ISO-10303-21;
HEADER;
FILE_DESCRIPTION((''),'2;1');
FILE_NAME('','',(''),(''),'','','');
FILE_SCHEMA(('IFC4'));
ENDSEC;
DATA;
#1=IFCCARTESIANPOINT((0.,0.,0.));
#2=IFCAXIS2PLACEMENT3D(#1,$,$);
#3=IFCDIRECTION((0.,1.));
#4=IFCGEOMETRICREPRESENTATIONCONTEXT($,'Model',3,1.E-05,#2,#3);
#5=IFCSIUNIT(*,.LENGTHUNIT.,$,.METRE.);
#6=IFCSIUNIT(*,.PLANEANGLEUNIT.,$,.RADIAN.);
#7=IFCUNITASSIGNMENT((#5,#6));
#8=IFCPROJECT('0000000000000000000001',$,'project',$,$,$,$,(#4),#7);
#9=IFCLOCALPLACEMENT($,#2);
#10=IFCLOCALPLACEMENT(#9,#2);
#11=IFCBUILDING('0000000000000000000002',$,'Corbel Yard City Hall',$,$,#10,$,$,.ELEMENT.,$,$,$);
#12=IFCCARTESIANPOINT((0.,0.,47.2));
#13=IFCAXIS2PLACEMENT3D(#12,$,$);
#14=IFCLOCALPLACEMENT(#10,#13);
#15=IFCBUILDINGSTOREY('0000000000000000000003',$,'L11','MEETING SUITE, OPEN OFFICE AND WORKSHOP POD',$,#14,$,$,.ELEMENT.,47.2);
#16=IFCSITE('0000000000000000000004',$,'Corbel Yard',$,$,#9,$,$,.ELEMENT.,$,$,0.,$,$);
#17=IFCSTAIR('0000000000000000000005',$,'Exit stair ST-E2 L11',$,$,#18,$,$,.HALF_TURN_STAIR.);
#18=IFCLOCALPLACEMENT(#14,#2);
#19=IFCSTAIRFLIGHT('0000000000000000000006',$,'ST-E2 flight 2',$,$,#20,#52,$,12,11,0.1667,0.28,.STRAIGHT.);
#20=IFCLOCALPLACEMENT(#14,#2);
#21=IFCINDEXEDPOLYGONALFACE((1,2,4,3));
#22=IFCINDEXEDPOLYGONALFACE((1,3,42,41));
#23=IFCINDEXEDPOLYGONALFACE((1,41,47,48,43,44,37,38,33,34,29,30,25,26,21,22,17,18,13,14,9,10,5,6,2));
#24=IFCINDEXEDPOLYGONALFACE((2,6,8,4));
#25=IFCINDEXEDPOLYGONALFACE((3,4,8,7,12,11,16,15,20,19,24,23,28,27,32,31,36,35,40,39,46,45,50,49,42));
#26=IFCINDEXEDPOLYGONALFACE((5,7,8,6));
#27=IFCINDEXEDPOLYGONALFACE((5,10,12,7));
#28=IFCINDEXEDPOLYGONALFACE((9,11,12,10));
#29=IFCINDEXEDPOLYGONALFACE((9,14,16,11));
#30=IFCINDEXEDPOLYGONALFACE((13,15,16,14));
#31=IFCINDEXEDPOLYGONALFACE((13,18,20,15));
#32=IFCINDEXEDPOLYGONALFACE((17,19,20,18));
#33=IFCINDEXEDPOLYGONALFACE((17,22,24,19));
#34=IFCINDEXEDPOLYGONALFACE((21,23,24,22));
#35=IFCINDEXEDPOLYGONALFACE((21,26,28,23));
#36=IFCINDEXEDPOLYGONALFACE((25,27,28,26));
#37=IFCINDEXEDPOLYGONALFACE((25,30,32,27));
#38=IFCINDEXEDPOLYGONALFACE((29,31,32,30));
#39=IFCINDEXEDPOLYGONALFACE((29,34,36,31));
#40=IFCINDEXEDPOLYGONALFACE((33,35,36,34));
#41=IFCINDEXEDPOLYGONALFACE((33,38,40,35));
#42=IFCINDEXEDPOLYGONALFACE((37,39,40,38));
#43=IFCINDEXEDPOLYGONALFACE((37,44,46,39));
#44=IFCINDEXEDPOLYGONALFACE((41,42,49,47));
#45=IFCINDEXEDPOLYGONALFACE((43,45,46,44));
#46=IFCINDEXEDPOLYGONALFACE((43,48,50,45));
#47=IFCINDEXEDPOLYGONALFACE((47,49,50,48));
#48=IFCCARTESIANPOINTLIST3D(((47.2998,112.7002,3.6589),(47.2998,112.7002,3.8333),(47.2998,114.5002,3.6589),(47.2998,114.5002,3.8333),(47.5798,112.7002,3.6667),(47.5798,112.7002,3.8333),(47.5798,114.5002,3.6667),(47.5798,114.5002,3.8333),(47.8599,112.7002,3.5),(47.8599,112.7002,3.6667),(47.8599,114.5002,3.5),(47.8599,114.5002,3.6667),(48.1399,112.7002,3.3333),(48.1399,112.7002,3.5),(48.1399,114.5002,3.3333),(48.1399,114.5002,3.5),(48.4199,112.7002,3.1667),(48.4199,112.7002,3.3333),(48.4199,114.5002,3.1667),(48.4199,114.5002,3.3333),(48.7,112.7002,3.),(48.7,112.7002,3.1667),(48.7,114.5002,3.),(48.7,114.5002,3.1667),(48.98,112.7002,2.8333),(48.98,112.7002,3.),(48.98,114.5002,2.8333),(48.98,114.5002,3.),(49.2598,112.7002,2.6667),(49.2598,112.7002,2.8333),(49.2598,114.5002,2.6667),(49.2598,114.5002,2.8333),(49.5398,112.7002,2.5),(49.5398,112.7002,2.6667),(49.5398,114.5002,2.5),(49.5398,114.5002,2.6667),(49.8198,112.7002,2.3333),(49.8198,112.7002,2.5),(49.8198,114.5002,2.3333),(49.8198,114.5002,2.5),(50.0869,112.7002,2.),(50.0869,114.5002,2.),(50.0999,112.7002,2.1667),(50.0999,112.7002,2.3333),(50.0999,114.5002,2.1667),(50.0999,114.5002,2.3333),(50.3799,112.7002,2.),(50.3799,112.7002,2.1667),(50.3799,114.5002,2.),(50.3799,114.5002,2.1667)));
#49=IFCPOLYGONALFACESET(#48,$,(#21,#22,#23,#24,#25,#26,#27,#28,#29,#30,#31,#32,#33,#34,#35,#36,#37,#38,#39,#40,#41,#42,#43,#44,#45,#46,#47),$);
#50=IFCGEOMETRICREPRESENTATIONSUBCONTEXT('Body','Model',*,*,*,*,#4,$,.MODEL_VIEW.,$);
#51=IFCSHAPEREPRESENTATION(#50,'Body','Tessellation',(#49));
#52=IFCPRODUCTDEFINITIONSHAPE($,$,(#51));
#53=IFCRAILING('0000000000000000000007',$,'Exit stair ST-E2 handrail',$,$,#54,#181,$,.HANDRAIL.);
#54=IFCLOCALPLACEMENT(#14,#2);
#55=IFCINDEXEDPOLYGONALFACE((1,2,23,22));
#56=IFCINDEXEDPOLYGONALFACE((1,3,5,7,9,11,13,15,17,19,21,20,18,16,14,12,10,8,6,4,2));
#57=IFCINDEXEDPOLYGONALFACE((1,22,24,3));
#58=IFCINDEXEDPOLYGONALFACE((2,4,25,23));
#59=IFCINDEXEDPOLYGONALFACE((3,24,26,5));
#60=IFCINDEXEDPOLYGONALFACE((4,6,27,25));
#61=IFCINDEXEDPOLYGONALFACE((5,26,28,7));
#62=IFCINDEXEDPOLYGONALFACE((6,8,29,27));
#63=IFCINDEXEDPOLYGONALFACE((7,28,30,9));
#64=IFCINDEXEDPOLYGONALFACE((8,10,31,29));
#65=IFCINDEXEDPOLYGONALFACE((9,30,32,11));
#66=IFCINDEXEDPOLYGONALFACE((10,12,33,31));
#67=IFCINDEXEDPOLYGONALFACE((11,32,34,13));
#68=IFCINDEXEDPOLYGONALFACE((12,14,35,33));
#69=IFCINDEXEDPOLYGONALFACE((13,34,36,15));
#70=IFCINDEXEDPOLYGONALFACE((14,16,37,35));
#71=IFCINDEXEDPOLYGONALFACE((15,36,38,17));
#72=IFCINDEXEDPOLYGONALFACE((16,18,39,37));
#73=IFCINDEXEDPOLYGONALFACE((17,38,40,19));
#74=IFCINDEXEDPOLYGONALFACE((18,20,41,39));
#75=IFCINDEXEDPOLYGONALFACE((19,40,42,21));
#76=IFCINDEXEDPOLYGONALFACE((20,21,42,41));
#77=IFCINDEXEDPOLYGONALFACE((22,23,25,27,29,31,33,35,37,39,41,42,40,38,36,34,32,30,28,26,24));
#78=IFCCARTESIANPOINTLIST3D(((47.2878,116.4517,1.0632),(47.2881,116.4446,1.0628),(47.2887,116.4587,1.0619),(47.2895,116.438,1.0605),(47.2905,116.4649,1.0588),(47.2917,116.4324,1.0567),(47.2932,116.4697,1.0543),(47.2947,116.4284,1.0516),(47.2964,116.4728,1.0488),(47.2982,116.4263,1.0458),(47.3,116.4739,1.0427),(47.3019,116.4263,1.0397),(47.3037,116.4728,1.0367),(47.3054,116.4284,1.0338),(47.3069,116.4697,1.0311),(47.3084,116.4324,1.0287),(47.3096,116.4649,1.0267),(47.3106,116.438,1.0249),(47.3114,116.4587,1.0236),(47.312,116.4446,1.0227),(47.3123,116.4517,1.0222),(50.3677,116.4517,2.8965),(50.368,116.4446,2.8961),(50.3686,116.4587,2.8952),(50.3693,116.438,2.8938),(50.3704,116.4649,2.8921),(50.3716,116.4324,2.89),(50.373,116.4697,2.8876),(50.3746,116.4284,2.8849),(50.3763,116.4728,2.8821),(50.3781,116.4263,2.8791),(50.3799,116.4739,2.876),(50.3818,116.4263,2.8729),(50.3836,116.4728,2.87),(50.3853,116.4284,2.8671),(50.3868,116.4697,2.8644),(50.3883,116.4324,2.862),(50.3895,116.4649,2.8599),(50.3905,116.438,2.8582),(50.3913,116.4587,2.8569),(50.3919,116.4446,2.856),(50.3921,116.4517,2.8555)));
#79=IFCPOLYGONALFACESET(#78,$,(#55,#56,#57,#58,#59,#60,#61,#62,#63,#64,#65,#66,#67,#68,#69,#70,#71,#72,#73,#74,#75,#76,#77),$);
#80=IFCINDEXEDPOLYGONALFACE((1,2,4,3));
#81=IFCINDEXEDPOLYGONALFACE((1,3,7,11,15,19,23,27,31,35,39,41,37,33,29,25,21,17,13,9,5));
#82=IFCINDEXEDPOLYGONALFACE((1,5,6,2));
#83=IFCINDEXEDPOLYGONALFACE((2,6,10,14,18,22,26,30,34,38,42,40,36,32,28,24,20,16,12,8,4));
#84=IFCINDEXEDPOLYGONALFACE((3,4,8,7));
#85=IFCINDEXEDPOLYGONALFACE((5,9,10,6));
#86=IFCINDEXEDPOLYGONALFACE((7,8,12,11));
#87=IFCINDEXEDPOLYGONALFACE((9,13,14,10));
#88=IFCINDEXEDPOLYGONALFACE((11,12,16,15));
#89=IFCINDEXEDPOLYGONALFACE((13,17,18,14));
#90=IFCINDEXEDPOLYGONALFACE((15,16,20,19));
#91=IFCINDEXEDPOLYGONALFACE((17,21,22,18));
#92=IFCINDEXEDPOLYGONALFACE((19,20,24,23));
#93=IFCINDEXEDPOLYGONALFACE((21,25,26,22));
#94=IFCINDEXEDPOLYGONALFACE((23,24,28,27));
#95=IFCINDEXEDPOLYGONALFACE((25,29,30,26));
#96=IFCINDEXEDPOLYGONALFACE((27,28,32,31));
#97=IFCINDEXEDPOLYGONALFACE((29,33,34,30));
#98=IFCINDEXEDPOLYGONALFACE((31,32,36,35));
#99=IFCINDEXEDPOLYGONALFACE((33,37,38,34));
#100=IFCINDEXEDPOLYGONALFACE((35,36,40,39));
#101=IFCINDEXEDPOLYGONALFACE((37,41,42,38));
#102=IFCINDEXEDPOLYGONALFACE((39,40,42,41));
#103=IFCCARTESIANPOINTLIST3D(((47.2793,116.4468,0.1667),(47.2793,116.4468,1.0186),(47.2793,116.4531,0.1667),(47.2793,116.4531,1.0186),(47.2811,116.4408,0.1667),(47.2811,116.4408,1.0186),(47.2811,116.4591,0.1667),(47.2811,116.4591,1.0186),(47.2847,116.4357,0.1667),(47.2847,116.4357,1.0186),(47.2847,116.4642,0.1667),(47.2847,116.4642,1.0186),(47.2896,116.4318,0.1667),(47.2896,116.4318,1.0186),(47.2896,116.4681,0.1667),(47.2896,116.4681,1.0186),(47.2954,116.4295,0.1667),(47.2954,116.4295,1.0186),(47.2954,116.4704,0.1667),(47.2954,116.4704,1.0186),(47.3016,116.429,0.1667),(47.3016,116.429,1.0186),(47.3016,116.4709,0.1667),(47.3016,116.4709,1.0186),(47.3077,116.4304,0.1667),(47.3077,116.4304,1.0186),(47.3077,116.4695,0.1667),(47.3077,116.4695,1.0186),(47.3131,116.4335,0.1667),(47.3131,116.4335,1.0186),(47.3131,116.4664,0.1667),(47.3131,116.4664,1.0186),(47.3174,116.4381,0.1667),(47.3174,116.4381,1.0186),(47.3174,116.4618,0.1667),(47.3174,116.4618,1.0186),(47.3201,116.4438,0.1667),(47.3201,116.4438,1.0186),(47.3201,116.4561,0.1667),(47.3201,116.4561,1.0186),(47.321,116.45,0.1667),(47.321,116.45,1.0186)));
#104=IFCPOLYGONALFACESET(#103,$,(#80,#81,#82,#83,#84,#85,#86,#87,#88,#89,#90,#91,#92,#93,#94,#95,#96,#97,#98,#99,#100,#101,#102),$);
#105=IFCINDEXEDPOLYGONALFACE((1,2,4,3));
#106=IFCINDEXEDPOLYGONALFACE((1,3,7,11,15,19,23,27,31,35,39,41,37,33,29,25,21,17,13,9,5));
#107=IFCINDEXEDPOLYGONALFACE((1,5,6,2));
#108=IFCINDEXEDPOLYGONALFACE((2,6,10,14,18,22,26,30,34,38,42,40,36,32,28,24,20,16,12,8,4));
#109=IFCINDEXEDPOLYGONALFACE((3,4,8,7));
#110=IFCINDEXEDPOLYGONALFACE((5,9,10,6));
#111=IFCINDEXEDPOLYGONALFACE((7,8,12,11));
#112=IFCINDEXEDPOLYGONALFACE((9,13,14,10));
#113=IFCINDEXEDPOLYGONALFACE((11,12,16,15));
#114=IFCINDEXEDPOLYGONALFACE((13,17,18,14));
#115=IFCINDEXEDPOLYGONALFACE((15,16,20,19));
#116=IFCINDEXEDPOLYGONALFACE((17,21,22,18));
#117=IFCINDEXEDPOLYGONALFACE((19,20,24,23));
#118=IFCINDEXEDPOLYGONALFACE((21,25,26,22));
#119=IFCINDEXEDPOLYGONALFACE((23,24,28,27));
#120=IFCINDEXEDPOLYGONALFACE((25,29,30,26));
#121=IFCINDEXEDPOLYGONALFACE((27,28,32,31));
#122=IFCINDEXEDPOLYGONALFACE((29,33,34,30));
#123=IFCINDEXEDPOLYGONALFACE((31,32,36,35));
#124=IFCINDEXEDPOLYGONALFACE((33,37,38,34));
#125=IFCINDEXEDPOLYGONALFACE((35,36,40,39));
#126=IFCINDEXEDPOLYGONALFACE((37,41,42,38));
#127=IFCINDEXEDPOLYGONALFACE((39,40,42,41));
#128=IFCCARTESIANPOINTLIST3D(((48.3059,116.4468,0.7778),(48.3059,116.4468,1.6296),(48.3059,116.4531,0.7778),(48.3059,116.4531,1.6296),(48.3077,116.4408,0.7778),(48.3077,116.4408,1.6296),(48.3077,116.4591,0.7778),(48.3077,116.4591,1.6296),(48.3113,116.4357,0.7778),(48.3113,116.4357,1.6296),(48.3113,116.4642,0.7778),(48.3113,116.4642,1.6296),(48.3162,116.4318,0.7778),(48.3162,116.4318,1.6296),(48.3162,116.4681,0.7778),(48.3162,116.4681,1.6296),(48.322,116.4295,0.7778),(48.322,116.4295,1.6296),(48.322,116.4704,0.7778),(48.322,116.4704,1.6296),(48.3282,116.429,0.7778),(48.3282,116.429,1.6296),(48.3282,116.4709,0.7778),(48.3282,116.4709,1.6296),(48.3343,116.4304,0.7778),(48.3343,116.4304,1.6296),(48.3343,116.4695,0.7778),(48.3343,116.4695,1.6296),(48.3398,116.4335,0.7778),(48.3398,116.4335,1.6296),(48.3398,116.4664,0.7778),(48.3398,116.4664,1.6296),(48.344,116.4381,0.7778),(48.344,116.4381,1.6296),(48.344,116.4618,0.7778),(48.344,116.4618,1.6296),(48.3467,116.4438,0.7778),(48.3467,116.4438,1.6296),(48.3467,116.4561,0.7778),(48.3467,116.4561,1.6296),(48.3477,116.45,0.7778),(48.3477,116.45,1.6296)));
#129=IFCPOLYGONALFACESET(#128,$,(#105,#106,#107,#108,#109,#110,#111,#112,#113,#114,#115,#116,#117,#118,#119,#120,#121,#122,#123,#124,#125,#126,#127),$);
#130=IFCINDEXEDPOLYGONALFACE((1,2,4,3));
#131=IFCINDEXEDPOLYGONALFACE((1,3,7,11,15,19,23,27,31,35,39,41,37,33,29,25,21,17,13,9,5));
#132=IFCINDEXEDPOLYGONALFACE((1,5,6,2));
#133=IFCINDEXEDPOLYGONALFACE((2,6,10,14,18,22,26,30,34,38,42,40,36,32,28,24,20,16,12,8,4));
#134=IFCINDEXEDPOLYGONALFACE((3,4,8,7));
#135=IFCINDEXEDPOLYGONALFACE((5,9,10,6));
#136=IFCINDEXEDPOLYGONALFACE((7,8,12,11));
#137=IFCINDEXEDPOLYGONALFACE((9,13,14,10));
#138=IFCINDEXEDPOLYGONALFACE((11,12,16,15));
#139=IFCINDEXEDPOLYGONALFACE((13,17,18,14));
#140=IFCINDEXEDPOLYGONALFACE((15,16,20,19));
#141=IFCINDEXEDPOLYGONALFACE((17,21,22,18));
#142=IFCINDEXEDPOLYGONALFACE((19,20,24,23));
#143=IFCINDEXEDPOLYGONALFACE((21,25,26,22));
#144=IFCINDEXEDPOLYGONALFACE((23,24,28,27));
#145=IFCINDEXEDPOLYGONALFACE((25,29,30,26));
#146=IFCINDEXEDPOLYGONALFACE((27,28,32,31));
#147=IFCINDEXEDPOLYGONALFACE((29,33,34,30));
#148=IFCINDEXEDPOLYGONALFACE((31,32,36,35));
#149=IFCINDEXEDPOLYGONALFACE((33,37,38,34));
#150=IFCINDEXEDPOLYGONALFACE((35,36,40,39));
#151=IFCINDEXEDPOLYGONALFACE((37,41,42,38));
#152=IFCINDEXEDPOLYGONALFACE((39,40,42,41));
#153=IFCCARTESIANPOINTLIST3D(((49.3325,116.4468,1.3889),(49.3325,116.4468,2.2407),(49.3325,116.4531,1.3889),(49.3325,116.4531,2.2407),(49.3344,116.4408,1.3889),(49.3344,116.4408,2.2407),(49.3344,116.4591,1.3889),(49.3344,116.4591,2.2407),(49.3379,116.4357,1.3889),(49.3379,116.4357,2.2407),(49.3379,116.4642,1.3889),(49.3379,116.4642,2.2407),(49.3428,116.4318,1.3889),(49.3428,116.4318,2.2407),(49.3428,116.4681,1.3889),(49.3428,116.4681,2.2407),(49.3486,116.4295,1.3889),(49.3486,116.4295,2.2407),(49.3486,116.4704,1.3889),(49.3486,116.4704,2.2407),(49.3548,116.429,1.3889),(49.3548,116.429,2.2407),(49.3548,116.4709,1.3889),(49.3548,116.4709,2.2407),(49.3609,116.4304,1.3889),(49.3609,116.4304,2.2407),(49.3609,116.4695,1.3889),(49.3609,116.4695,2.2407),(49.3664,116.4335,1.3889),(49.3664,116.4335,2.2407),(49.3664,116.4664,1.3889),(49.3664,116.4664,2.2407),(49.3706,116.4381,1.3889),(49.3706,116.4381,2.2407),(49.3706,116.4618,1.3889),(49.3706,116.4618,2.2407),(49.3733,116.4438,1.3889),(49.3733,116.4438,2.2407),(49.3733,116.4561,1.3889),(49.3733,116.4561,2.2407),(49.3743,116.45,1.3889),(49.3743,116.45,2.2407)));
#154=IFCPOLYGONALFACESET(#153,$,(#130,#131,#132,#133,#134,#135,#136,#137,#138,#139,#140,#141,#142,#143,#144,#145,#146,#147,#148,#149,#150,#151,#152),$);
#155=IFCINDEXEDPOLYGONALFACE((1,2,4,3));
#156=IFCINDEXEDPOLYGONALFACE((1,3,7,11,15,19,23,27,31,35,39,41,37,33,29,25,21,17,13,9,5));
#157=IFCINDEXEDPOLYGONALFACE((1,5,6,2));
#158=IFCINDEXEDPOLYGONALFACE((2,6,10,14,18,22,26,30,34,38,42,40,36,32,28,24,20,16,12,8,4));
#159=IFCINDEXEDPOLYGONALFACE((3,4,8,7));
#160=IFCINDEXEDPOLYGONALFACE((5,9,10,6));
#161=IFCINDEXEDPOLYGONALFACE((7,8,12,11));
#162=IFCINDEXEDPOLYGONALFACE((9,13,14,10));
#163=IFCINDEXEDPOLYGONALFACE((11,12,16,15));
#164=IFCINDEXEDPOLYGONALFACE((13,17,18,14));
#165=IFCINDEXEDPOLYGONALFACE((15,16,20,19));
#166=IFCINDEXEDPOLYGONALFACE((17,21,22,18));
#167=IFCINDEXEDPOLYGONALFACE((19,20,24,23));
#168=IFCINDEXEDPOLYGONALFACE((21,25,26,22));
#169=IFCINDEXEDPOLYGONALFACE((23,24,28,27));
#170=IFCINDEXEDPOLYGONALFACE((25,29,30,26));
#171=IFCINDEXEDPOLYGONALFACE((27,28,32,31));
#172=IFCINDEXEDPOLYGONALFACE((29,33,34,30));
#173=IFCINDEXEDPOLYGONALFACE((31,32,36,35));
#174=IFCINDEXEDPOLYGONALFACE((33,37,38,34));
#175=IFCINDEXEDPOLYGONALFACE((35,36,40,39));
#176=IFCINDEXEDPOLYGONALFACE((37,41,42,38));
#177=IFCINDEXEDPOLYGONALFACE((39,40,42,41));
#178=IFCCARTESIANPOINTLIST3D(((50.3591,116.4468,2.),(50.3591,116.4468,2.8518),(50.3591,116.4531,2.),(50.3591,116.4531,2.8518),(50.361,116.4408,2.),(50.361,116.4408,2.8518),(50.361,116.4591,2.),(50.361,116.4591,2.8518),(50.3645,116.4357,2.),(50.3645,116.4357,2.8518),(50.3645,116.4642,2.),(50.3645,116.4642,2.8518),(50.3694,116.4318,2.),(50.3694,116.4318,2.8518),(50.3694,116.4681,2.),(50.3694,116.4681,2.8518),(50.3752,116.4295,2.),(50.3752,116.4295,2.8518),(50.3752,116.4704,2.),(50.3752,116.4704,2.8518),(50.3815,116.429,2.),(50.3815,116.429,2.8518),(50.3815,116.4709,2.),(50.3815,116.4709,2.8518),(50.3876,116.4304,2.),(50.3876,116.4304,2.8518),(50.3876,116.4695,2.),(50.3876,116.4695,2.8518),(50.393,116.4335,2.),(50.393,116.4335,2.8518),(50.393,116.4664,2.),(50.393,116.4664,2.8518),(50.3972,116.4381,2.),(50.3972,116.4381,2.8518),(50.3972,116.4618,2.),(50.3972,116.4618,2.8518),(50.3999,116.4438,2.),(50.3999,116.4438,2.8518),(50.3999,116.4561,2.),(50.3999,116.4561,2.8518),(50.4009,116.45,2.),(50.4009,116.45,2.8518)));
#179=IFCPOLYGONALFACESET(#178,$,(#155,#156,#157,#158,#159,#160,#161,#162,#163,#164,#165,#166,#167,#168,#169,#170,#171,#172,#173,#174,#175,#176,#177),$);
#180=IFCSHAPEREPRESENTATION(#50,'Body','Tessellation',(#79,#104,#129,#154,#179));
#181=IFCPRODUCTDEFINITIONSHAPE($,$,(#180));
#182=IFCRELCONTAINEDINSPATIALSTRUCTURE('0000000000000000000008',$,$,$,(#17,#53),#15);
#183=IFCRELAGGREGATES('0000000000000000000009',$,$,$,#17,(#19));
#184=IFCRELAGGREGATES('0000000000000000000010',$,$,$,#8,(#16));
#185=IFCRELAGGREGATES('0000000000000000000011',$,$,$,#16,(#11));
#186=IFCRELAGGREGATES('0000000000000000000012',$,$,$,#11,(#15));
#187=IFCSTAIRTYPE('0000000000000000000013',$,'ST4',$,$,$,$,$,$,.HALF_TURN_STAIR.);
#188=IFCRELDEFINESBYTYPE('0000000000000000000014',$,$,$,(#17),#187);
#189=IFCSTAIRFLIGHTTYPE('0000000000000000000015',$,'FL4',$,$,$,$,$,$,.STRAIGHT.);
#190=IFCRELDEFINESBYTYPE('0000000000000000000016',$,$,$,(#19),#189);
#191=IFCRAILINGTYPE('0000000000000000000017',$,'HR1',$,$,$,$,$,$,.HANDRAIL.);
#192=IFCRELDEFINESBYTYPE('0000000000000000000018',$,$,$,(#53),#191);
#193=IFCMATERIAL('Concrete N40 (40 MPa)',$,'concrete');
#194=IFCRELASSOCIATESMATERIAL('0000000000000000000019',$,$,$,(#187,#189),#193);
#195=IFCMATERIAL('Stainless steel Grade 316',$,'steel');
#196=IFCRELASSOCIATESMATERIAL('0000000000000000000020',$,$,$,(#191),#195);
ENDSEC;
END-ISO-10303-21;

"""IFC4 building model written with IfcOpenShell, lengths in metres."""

from ifc_helpers import new_model, si_unit, direction, frame, origin, origin_2d, place, context, subcontext, project, spatial, polyline, circle, outline, extrude, material, type_object, element, aggregate, save


model = new_model("IFC4")

# Units and contexts
model_context = context("Model", 3, precision=1e-05, world=origin(), true_north=direction((0.0, 1.0)))
body_context = subcontext(model_context, "Body", "Model", "MODEL_VIEW")
ifc_project = project(units=[si_unit("LENGTHUNIT", "METRE"), si_unit("PLANEANGLEUNIT", "RADIAN")], contexts=[model_context])

# Site, building, storey
site_placement = place(None, origin())
site = spatial("IfcSite", under=ifc_project, at=site_placement, Name="Corbel Yard", CompositionType="ELEMENT", RefElevation=0.0)
building_placement = place(site_placement, origin())
building = spatial("IfcBuilding", under=site, at=building_placement, Name="Corbel Yard City Hall", CompositionType="ELEMENT")
storey_placement = place(building_placement, frame((0.0, 0.0, 47.2)))
storey = spatial("IfcBuildingStorey", under=building, at=storey_placement, Name="L11", Description="MEETING SUITE, OPEN OFFICE AND WORKSHOP POD", CompositionType="ELEMENT", Elevation=47.2)

# Stair, stair flight
ifc_material_1 = material(Name="Concrete N40 (40 MPa)", Category="concrete")
stair_type = type_object("IfcStairType", Name="ST4", PredefinedType="HALF_TURN_STAIR", material=ifc_material_1)
stair_placement = place(storey_placement, origin())
stair = element("IfcStair", 1, at=stair_placement, inside=storey, type_object=stair_type, Name="Exit stair ST-E2 L11", PredefinedType="HALF_TURN_STAIR")
stair_flight_type = type_object("IfcStairFlightType", Name="FL4", PredefinedType="STRAIGHT", material=ifc_material_1)
stair_flight_1_placement = place(storey_placement, frame((50.3799, 113.6001, 2.0), z_axis=(0.0, 0.0, 1.0), x_axis=(-1.0, 0.0, 0.0)))
stair_flight_1 = element("IfcStairFlight", 2, at=stair_flight_1_placement, type_object=stair_flight_type, Name="ST-E2 flight 2", NumberOfRisers=12, NumberOfTreads=11, PredefinedType="STRAIGHT", RiserHeight=0.1667, TreadLength=0.28, context=body_context, shape_type="SweptSolid", body=[
    extrude(outline(polyline([(0.0, 0.0), (0.0, 0.1667), (0.28, 0.1667), (0.28, 0.3333), (0.5601, 0.3333), (0.5601, 0.5), (0.8401, 0.5), (0.8401, 0.6667), (1.1201, 0.6667), (1.1201, 0.8333), (1.3999, 0.8333), (1.3999, 1.0), (1.6799, 1.0), (1.6799, 1.1667), (1.96, 1.1667), (1.96, 1.3333), (2.24, 1.3333), (2.24, 1.5), (2.52, 1.5), (2.52, 1.6667), (2.8, 1.6667), (2.8, 1.8333), (3.0801, 1.8333), (3.0801, 2.0), (3.0801, 1.6589), (0.293, 0.0), (0.0, 0.0)])), frame((0.0, 0.8999, 0.0), z_axis=(0.0, -1.0, 0.0), x_axis=(1.0, 0.0, 0.0)), (0.0, 0.0, 1.0), 1.8),
])
aggregate(stair, [stair_flight_1])

# Railing
ifc_material_2 = material(Name="Stainless steel Grade 316", Category="steel")
railing_type = type_object("IfcRailingType", Name="HR1", PredefinedType="HANDRAIL", material=ifc_material_2)
for number, where, name in (
    (3, (47.3, 116.45, 0.1667), "Exit stair ST-E2 handrail"),
):
    element("IfcRailing", number, at=place(storey_placement, frame(where)), inside=storey, type_object=railing_type, Name=name, PredefinedType="HANDRAIL", context=body_context, shape_type="SweptSolid", body=[
        extrude(circle(Radius=0.0239, at=origin_2d()), frame((0.0, 0.0, 0.876), z_axis=(0.859291, 0.0, 0.511487), x_axis=(0.0, 1.0, 0.0)), (0.0, 0.0, 1.0), 3.5842),
        extrude(circle(Radius=0.021, at=origin_2d()), origin(), (0.0, 0.0, 1.0), 0.8518),
        extrude(circle(Radius=0.021, at=origin_2d()), frame((1.0266, 0.0, 0.6111)), (0.0, 0.0, 1.0), 0.8518),
        extrude(circle(Radius=0.021, at=origin_2d()), frame((2.0532, 0.0, 1.2222)), (0.0, 0.0, 1.0), 0.8518),
        extrude(circle(Radius=0.021, at=origin_2d()), frame((3.0798, 0.0, 1.8333)), (0.0, 0.0, 1.0), 0.8518),
    ])

save(model, "model.ifc")
